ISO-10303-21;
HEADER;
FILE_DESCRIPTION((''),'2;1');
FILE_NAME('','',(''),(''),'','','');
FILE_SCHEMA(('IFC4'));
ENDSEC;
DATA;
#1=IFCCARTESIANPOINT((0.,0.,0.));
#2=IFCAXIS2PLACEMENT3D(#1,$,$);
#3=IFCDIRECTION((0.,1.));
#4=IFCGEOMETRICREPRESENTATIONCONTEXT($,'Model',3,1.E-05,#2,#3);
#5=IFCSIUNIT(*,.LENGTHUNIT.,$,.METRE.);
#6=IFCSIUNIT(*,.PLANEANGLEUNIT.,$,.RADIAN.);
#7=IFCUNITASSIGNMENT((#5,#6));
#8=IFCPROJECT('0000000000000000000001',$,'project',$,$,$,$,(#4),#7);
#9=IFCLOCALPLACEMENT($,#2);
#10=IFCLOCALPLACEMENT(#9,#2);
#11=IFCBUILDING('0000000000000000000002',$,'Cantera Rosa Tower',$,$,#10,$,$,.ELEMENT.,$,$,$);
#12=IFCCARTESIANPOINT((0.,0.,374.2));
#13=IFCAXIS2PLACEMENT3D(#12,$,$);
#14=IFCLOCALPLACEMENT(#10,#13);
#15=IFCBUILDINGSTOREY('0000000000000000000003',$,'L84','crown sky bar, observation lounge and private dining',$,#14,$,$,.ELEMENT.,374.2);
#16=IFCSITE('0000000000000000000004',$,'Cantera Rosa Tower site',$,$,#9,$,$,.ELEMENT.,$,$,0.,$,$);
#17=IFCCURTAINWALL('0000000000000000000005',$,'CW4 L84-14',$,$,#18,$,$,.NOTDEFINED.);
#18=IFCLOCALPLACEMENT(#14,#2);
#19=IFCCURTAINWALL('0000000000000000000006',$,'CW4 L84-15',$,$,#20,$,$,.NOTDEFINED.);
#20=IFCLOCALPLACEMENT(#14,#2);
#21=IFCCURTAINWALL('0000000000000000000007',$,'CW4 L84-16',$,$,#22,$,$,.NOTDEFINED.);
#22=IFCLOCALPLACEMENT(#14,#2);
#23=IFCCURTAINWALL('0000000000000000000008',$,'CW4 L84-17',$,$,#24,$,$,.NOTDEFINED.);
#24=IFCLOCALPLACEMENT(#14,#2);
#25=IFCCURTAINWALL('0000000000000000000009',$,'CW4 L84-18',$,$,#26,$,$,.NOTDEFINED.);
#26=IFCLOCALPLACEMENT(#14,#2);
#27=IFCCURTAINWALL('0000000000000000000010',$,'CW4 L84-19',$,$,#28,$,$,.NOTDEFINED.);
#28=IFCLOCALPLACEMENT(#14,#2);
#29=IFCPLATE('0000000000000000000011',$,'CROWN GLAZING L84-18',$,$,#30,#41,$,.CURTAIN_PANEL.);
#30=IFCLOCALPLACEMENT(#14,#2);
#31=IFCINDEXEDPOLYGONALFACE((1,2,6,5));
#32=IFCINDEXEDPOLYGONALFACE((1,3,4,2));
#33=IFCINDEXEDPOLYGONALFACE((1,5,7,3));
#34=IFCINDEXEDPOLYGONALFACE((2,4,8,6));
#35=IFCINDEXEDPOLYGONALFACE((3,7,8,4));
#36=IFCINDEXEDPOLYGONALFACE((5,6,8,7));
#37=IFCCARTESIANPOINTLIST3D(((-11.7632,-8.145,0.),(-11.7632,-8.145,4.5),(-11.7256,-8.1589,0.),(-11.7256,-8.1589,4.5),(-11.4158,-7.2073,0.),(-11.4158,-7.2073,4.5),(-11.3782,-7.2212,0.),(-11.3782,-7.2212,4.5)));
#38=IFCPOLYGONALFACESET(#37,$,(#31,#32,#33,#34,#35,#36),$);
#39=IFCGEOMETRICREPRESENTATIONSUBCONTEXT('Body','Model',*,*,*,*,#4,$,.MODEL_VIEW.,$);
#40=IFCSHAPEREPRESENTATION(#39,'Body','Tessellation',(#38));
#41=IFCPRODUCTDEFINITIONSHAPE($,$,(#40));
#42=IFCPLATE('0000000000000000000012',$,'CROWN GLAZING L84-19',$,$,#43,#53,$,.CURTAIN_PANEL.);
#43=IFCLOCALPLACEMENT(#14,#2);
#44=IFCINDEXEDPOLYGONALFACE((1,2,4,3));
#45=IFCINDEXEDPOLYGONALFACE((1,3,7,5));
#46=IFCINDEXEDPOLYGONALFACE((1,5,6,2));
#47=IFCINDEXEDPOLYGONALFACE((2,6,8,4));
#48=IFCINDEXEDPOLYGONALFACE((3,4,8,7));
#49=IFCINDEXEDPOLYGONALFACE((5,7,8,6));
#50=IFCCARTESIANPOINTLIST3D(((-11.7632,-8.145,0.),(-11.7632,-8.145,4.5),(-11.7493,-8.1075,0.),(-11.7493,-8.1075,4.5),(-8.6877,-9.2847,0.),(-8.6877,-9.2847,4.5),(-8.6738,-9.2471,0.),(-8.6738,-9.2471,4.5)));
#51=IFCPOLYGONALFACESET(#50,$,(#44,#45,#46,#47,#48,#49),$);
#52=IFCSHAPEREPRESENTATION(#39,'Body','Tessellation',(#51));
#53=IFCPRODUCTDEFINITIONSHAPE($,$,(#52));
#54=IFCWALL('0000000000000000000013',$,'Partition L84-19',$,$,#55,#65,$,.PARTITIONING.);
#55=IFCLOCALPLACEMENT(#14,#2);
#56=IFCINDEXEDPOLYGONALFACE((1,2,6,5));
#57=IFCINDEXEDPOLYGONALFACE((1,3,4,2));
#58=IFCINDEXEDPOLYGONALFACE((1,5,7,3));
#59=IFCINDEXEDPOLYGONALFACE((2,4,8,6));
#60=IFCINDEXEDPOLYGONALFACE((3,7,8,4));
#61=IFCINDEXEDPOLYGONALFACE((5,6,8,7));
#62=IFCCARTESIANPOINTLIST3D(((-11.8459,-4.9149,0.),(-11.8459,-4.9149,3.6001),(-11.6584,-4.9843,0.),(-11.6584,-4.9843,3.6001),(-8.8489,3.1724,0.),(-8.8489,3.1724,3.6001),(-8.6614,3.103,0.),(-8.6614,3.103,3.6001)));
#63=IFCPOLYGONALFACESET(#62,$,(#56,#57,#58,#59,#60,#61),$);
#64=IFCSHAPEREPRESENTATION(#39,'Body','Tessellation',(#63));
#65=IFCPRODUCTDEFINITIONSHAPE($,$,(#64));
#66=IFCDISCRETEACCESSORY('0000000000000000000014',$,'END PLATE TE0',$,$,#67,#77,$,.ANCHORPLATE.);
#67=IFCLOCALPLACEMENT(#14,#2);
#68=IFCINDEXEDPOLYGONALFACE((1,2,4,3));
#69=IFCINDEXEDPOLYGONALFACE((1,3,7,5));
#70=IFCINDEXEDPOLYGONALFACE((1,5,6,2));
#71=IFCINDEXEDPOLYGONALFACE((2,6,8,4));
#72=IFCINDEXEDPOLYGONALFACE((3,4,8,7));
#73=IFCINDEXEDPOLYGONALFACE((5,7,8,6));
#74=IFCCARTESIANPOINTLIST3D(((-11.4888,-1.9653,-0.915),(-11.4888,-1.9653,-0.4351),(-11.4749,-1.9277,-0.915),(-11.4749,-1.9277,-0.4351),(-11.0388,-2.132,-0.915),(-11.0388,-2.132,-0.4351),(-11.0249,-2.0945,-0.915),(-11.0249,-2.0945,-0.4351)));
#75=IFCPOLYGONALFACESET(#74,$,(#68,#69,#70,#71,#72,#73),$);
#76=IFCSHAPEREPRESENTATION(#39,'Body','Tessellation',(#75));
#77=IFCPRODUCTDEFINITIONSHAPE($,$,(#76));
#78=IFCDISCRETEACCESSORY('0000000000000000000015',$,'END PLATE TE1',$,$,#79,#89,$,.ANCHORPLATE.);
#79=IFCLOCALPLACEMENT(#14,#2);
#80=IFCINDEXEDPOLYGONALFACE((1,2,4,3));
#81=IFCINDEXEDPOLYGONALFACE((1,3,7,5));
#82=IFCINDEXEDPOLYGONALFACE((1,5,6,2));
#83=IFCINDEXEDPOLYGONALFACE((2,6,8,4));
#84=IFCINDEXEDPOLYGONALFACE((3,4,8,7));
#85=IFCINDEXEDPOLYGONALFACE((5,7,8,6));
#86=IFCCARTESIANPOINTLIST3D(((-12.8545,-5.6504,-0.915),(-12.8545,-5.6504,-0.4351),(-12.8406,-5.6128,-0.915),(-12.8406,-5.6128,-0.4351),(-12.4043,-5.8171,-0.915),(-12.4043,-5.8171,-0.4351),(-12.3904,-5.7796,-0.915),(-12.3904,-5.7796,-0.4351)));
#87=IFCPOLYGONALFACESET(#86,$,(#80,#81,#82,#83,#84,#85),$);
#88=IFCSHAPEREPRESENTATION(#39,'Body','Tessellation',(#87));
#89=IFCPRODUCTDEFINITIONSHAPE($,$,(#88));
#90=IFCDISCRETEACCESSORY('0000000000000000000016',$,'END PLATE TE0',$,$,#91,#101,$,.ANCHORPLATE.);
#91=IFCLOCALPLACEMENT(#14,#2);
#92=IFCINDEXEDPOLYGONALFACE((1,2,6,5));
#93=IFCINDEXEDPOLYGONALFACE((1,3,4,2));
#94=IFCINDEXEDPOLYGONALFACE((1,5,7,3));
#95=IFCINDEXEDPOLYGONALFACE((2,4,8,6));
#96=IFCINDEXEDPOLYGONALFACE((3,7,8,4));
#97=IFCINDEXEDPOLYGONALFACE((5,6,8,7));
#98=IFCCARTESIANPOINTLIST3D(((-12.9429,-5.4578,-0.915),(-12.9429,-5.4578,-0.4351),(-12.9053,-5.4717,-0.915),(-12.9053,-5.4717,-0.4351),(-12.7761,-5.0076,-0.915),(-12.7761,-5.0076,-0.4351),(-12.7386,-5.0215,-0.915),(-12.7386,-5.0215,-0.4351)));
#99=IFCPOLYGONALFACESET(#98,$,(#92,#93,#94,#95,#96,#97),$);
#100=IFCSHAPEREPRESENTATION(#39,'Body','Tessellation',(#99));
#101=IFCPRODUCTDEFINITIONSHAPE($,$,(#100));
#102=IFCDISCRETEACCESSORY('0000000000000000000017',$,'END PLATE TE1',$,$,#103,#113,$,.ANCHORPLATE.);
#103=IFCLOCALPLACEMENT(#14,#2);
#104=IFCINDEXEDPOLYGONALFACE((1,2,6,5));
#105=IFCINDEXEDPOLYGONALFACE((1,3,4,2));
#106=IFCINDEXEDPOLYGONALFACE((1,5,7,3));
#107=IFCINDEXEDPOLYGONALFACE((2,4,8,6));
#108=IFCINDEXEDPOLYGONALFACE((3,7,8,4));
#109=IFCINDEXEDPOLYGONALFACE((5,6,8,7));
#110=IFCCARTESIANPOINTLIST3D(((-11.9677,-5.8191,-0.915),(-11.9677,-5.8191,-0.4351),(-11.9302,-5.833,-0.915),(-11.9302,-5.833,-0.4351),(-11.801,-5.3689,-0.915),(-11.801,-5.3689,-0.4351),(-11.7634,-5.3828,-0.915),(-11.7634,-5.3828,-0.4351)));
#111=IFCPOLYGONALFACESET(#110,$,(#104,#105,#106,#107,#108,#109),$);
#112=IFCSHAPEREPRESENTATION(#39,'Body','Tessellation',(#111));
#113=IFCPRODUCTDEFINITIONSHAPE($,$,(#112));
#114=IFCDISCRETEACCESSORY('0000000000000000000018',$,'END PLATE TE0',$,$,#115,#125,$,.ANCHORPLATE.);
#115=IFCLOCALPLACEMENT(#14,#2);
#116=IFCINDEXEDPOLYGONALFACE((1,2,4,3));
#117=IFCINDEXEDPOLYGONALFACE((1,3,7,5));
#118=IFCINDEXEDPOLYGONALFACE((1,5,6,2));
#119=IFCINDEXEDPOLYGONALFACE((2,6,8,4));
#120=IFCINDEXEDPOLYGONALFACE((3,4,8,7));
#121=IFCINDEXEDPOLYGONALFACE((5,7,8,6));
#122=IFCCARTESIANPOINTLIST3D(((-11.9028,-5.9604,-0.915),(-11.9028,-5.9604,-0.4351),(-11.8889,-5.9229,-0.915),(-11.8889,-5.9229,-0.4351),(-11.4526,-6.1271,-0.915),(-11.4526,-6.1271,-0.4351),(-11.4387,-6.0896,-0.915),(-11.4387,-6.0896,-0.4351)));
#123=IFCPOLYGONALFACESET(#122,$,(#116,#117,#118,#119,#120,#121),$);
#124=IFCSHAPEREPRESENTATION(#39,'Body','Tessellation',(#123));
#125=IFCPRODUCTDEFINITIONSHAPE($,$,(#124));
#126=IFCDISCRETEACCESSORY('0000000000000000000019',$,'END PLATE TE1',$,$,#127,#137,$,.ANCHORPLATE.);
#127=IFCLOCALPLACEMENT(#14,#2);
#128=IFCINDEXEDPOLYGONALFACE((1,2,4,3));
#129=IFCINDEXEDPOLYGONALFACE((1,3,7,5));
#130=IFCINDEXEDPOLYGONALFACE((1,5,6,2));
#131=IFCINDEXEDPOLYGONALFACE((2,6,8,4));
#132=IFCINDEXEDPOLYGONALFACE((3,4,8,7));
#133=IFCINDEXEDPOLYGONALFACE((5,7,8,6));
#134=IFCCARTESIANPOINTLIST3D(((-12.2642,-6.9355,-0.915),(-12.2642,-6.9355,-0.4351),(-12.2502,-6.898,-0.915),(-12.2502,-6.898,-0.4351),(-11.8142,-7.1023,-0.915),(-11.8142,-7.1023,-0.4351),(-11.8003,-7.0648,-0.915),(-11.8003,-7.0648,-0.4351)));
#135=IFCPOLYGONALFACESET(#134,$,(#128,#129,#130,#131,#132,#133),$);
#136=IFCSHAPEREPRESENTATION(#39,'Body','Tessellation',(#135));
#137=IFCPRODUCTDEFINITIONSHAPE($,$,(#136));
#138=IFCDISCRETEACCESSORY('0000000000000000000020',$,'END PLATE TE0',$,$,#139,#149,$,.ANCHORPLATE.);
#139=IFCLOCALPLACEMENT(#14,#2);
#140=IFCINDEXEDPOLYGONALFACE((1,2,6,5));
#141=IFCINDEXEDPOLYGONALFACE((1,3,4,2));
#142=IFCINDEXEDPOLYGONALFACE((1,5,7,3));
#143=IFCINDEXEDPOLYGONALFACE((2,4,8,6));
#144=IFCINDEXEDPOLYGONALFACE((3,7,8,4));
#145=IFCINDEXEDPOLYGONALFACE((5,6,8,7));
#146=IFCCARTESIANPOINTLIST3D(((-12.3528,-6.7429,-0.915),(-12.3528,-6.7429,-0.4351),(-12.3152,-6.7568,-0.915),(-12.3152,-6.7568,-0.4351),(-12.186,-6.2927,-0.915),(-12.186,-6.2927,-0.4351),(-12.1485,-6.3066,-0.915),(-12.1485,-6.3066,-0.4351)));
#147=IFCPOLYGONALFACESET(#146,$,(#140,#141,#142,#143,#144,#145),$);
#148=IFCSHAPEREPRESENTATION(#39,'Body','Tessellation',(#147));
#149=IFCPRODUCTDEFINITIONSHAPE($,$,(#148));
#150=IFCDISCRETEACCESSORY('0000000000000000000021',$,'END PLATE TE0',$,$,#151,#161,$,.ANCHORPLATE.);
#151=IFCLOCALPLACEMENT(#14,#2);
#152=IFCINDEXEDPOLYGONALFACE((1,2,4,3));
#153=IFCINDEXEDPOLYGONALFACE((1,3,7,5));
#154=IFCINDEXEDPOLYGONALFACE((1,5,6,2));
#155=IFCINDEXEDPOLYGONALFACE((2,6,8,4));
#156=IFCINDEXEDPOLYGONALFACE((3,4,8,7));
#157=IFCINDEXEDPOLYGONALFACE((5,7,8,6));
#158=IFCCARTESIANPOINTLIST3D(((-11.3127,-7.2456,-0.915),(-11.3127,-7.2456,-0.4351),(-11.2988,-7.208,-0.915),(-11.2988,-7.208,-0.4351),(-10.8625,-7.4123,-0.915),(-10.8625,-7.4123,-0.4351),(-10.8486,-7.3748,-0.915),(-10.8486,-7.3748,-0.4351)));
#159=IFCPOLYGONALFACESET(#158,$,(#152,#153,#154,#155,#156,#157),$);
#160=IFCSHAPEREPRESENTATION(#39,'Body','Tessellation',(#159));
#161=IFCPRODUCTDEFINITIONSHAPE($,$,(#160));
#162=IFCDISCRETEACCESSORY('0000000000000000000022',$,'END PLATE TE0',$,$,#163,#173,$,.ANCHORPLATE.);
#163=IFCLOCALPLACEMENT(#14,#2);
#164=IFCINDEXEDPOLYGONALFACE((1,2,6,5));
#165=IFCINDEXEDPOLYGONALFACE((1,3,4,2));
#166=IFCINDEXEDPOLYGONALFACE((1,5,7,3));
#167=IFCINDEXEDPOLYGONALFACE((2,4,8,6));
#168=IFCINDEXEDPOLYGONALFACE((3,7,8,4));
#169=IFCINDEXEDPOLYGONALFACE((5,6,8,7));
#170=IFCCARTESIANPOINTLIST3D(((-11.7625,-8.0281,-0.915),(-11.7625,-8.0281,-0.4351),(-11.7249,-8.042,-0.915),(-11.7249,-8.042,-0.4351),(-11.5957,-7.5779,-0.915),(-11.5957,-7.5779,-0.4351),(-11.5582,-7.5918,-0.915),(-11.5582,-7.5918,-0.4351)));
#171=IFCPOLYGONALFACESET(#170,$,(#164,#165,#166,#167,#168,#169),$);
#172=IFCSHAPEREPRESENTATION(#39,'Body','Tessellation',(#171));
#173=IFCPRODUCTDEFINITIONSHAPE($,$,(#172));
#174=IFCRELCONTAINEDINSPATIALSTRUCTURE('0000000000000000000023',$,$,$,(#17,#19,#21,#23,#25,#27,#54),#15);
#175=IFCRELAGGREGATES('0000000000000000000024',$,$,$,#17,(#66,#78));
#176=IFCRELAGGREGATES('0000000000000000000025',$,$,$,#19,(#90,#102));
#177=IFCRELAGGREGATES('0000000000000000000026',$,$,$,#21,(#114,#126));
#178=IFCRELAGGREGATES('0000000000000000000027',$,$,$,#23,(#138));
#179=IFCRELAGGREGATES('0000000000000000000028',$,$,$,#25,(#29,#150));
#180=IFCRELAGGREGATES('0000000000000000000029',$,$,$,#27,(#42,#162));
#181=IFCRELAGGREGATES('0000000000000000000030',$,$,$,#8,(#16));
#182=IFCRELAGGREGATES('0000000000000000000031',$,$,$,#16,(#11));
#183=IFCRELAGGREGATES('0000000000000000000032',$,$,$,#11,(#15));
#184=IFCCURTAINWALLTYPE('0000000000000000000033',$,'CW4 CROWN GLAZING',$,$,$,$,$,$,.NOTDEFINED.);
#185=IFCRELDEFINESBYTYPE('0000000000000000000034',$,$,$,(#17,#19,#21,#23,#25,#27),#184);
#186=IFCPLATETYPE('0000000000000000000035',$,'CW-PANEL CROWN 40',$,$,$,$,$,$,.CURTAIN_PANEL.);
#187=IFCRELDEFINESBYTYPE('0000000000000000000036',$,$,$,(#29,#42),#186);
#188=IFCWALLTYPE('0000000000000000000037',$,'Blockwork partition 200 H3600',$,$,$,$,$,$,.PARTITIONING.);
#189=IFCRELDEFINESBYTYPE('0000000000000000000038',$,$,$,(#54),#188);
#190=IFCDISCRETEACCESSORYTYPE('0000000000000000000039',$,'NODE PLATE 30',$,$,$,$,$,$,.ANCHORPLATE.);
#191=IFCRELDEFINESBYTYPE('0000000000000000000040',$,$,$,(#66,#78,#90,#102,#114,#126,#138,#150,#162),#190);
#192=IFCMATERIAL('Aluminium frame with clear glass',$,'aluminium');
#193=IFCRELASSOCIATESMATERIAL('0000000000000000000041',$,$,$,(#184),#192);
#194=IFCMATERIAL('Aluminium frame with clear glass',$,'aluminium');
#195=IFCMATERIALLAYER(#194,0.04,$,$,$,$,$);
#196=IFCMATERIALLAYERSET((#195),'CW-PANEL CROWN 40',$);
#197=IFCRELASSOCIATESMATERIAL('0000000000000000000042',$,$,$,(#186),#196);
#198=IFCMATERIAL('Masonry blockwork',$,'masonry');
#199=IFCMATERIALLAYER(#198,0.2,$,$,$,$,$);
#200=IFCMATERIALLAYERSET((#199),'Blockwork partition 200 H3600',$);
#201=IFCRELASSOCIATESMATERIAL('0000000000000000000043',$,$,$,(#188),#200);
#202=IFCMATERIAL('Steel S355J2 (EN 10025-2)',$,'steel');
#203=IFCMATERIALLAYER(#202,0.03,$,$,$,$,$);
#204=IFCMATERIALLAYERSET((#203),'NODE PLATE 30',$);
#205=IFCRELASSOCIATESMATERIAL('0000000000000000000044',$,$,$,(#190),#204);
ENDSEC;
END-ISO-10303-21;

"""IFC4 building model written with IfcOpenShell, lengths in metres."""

from ifc_helpers import new_model, si_unit, direction, frame, frame_2d, origin, place, context, subcontext, project, spatial, polyline, rectangle, outline, extrude, material, layer, layer_set, type_object, element, aggregate, save


model = new_model("IFC4")

# Units and contexts
model_context = context("Model", 3, precision=1e-05, world=origin(), true_north=direction((0.0, 1.0)))
body_context = subcontext(model_context, "Body", "Model", "MODEL_VIEW")
ifc_project = project(units=[si_unit("LENGTHUNIT", "METRE"), si_unit("PLANEANGLEUNIT", "RADIAN")], contexts=[model_context])

# Site, building, storey
site_placement = place(None, origin())
site = spatial("IfcSite", under=ifc_project, at=site_placement, Name="Cantera Rosa Tower site", CompositionType="ELEMENT", RefElevation=0.0)
building_placement = place(site_placement, origin())
building = spatial("IfcBuilding", under=site, at=building_placement, Name="Cantera Rosa Tower", CompositionType="ELEMENT")
storey_placement = place(building_placement, frame((0.0, 0.0, 374.2)))
storey = spatial("IfcBuildingStorey", under=building, at=storey_placement, Name="L84", Description="crown sky bar, observation lounge and private dining", CompositionType="ELEMENT", Elevation=374.2)

# Curtain walls
ifc_material_1 = material(Name="Aluminium frame with clear glass", Category="aluminium")
curtain_wall_type = type_object("IfcCurtainWallType", Name="CW4 CROWN GLAZING", PredefinedType="NOTDEFINED", material=ifc_material_1)
curtain_wall_1_placement = place(storey_placement, origin())
curtain_wall_1 = element("IfcCurtainWall", 1, at=curtain_wall_1_placement, inside=storey, type_object=curtain_wall_type, Name="CW4 L84-14", PredefinedType="NOTDEFINED")
curtain_wall_2_placement = place(storey_placement, origin())
curtain_wall_2 = element("IfcCurtainWall", 2, at=curtain_wall_2_placement, inside=storey, type_object=curtain_wall_type, Name="CW4 L84-15", PredefinedType="NOTDEFINED")
curtain_wall_3_placement = place(storey_placement, origin())
curtain_wall_3 = element("IfcCurtainWall", 3, at=curtain_wall_3_placement, inside=storey, type_object=curtain_wall_type, Name="CW4 L84-16", PredefinedType="NOTDEFINED")
curtain_wall_4_placement = place(storey_placement, origin())
curtain_wall_4 = element("IfcCurtainWall", 4, at=curtain_wall_4_placement, inside=storey, type_object=curtain_wall_type, Name="CW4 L84-17", PredefinedType="NOTDEFINED")
curtain_wall_5_placement = place(storey_placement, origin())
curtain_wall_5 = element("IfcCurtainWall", 5, at=curtain_wall_5_placement, inside=storey, type_object=curtain_wall_type, Name="CW4 L84-18", PredefinedType="NOTDEFINED")
curtain_wall_6_placement = place(storey_placement, origin())
curtain_wall_6 = element("IfcCurtainWall", 6, at=curtain_wall_6_placement, inside=storey, type_object=curtain_wall_type, Name="CW4 L84-19", PredefinedType="NOTDEFINED")

# Plates
ifc_material_2 = material(Name="Aluminium frame with clear glass", Category="aluminium")
ifc_layer_1 = layer(ifc_material_2, 0.04)
ifc_layer_set_1 = layer_set([ifc_layer_1], Name="CW-PANEL CROWN 40")
plate_type = type_object("IfcPlateType", Name="CW-PANEL CROWN 40", PredefinedType="CURTAIN_PANEL", material=ifc_layer_set_1)
plate_1_placement = place(storey_placement, frame((-11.4158, -7.2073, 0.0), z_axis=(-0.937716, 0.347402, 0.0), x_axis=(-0.347402, -0.937716, 0.0)))
plate_1 = element("IfcPlate", 7, at=plate_1_placement, type_object=plate_type, Name="CROWN GLAZING L84-18", PredefinedType="CURTAIN_PANEL", context=body_context, shape_type="SweptSolid", body=[
    extrude(outline(polyline([(0.0, 0.0), (1.0, 0.0), (1.0, 4.5), (0.0, 4.5), (0.0, 0.0)])), origin(), (0.0, 0.0, -1.0), 0.04),
])
plate_2_placement = place(storey_placement, frame((-11.7632, -8.145, 0.0), z_axis=(-0.347474, -0.937689, 0.0), x_axis=(0.937689, -0.347474, 0.0)))
plate_2 = element("IfcPlate", 8, at=plate_2_placement, type_object=plate_type, Name="CROWN GLAZING L84-19", PredefinedType="CURTAIN_PANEL", context=body_context, shape_type="SweptSolid", body=[
    extrude(outline(polyline([(0.0, 0.0), (3.2798, 0.0), (3.2798, 4.5), (0.0, 4.5), (0.0, 0.0)])), origin(), (0.0, 0.0, -1.0), 0.04),
])

# Wall
ifc_material_3 = material(Name="Masonry blockwork", Category="masonry")
ifc_layer_2 = layer(ifc_material_3, 0.2)
ifc_layer_set_2 = layer_set([ifc_layer_2], Name="Blockwork partition 200 H3600")
wall_type = type_object("IfcWallType", Name="Blockwork partition 200 H3600", PredefinedType="PARTITIONING", material=ifc_layer_set_2)
wall_placement = place(storey_placement, frame((-11.7522, -4.9497, 0.0), z_axis=(0.0, 0.0, 1.0), x_axis=(0.347491, 0.937683, 0.0)))
element("IfcWall", 9, at=wall_placement, inside=storey, type_object=wall_type, Name="Partition L84-19", PredefinedType="PARTITIONING", context=body_context, shape_type="SweptSolid", body=[
    extrude(rectangle(XDim=8.6248, YDim=0.2, at=frame_2d((4.3125, 0.0))), origin(), (0.0, 0.0, 1.0), 3.6001),
])

# Discrete accessories
ifc_material_4 = material(Name="Steel S355J2 (EN 10025-2)", Category="steel")
ifc_layer_3 = layer(ifc_material_4, 0.03)
ifc_layer_set_3 = layer_set([ifc_layer_3], Name="NODE PLATE 30")
discrete_accessory_type = type_object("IfcDiscreteAccessoryType", Name="NODE PLATE 30", PredefinedType="ANCHORPLATE", material=ifc_layer_set_3)
discrete_accessory_1_placement = place(storey_placement, frame((-11.4749, -1.9277, -0.4351), z_axis=(0.347497, 0.937681, 0.0), x_axis=(0.937681, -0.347497, 0.0)))
discrete_accessory_1 = element("IfcDiscreteAccessory", 10, at=discrete_accessory_1_placement, type_object=discrete_accessory_type, Name="END PLATE TE0", PredefinedType="ANCHORPLATE", context=body_context, shape_type="SweptSolid", body=[
    extrude(outline(polyline([(0.0, 0.0), (0.4799, 0.0), (0.4799, 0.48), (0.0, 0.48), (0.0, 0.0)])), origin(), (0.0, 0.0, -1.0), 0.04),
])
discrete_accessory_2_placement = place(storey_placement, frame((-12.4043, -5.8171, -0.4351), z_axis=(-0.347331, -0.937743, 0.0), x_axis=(-0.937743, 0.347331, 0.0)))
discrete_accessory_2 = element("IfcDiscreteAccessory", 11, at=discrete_accessory_2_placement, type_object=discrete_accessory_type, Name="END PLATE TE1", PredefinedType="ANCHORPLATE", context=body_context, shape_type="SweptSolid", body=[
    extrude(outline(polyline([(0.0, 0.0), (0.4801, 0.0), (0.4801, 0.48), (0.0, 0.48), (0.0, 0.0)])), origin(), (0.0, 0.0, -1.0), 0.04),
])
aggregate(curtain_wall_1, [discrete_accessory_1, discrete_accessory_2])
discrete_accessory_3_placement = place(storey_placement, frame((-12.9429, -5.4578, -0.4351), z_axis=(-0.937743, 0.347331, 0.0), x_axis=(0.347331, 0.937743, 0.0)))
discrete_accessory_3 = element("IfcDiscreteAccessory", 12, at=discrete_accessory_3_placement, type_object=discrete_accessory_type, Name="END PLATE TE0", PredefinedType="ANCHORPLATE", context=body_context, shape_type="SweptSolid", body=[
    extrude(outline(polyline([(0.0, 0.0), (0.4801, 0.0), (0.4801, 0.48), (0.0, 0.48), (0.0, 0.0)])), origin(), (0.0, 0.0, -1.0), 0.04),
])
discrete_accessory_4_placement = place(storey_placement, frame((-11.7634, -5.3828, -0.4351), z_axis=(0.937743, -0.347331, 0.0), x_axis=(-0.347331, -0.937743, 0.0)))
discrete_accessory_4 = element("IfcDiscreteAccessory", 13, at=discrete_accessory_4_placement, type_object=discrete_accessory_type, Name="END PLATE TE1", PredefinedType="ANCHORPLATE", context=body_context, shape_type="SweptSolid", body=[
    extrude(outline(polyline([(0.0, 0.0), (0.4801, 0.0), (0.4801, 0.48), (0.0, 0.48), (0.0, 0.0)])), origin(), (0.0, 0.0, -1.0), 0.04),
])
aggregate(curtain_wall_2, [discrete_accessory_3, discrete_accessory_4])
discrete_accessory_5_placement = place(storey_placement, frame((-11.8889, -5.9229, -0.4351), z_axis=(0.347331, 0.937743, 0.0), x_axis=(0.937743, -0.347331, 0.0)))
discrete_accessory_5 = element("IfcDiscreteAccessory", 14, at=discrete_accessory_5_placement, type_object=discrete_accessory_type, Name="END PLATE TE0", PredefinedType="ANCHORPLATE", context=body_context, shape_type="SweptSolid", body=[
    extrude(outline(polyline([(0.0, 0.0), (0.4801, 0.0), (0.4801, 0.48), (0.0, 0.48), (0.0, 0.0)])), origin(), (0.0, 0.0, -1.0), 0.04),
])
discrete_accessory_6_placement = place(storey_placement, frame((-11.8142, -7.1023, -0.4351), z_axis=(-0.347497, -0.937681, 0.0), x_axis=(-0.937681, 0.347497, 0.0)))
discrete_accessory_6 = element("IfcDiscreteAccessory", 15, at=discrete_accessory_6_placement, type_object=discrete_accessory_type, Name="END PLATE TE1", PredefinedType="ANCHORPLATE", context=body_context, shape_type="SweptSolid", body=[
    extrude(outline(polyline([(0.0, 0.0), (0.4799, 0.0), (0.4799, 0.48), (0.0, 0.48), (0.0, 0.0)])), origin(), (0.0, 0.0, -1.0), 0.04),
])
aggregate(curtain_wall_3, [discrete_accessory_5, discrete_accessory_6])
discrete_accessory_7_placement = place(storey_placement, frame((-12.3528, -6.7429, -0.4351), z_axis=(-0.937743, 0.347331, 0.0), x_axis=(0.347331, 0.937743, 0.0)))
discrete_accessory_7 = element("IfcDiscreteAccessory", 16, at=discrete_accessory_7_placement, type_object=discrete_accessory_type, Name="END PLATE TE0", PredefinedType="ANCHORPLATE", context=body_context, shape_type="SweptSolid", body=[
    extrude(outline(polyline([(0.0, 0.0), (0.4801, 0.0), (0.4801, 0.48), (0.0, 0.48), (0.0, 0.0)])), origin(), (0.0, 0.0, -1.0), 0.04),
])
aggregate(curtain_wall_4, [discrete_accessory_7])
discrete_accessory_8_placement = place(storey_placement, frame((-11.2988, -7.208, -0.4351), z_axis=(0.347331, 0.937743, 0.0), x_axis=(0.937743, -0.347331, 0.0)))
discrete_accessory_8 = element("IfcDiscreteAccessory", 17, at=discrete_accessory_8_placement, type_object=discrete_accessory_type, Name="END PLATE TE0", PredefinedType="ANCHORPLATE", context=body_context, shape_type="SweptSolid", body=[
    extrude(outline(polyline([(0.0, 0.0), (0.4801, 0.0), (0.4801, 0.48), (0.0, 0.48), (0.0, 0.0)])), origin(), (0.0, 0.0, -1.0), 0.04),
])
aggregate(curtain_wall_5, [plate_1, discrete_accessory_8])
discrete_accessory_9_placement = place(storey_placement, frame((-11.7625, -8.0281, -0.4351), z_axis=(-0.937743, 0.347331, 0.0), x_axis=(0.347331, 0.937743, 0.0)))
discrete_accessory_9 = element("IfcDiscreteAccessory", 18, at=discrete_accessory_9_placement, type_object=discrete_accessory_type, Name="END PLATE TE0", PredefinedType="ANCHORPLATE", context=body_context, shape_type="SweptSolid", body=[
    extrude(outline(polyline([(0.0, 0.0), (0.4801, 0.0), (0.4801, 0.48), (0.0, 0.48), (0.0, 0.0)])), origin(), (0.0, 0.0, -1.0), 0.04),
])
aggregate(curtain_wall_6, [plate_2, discrete_accessory_9])

save(model, "model.ifc")
